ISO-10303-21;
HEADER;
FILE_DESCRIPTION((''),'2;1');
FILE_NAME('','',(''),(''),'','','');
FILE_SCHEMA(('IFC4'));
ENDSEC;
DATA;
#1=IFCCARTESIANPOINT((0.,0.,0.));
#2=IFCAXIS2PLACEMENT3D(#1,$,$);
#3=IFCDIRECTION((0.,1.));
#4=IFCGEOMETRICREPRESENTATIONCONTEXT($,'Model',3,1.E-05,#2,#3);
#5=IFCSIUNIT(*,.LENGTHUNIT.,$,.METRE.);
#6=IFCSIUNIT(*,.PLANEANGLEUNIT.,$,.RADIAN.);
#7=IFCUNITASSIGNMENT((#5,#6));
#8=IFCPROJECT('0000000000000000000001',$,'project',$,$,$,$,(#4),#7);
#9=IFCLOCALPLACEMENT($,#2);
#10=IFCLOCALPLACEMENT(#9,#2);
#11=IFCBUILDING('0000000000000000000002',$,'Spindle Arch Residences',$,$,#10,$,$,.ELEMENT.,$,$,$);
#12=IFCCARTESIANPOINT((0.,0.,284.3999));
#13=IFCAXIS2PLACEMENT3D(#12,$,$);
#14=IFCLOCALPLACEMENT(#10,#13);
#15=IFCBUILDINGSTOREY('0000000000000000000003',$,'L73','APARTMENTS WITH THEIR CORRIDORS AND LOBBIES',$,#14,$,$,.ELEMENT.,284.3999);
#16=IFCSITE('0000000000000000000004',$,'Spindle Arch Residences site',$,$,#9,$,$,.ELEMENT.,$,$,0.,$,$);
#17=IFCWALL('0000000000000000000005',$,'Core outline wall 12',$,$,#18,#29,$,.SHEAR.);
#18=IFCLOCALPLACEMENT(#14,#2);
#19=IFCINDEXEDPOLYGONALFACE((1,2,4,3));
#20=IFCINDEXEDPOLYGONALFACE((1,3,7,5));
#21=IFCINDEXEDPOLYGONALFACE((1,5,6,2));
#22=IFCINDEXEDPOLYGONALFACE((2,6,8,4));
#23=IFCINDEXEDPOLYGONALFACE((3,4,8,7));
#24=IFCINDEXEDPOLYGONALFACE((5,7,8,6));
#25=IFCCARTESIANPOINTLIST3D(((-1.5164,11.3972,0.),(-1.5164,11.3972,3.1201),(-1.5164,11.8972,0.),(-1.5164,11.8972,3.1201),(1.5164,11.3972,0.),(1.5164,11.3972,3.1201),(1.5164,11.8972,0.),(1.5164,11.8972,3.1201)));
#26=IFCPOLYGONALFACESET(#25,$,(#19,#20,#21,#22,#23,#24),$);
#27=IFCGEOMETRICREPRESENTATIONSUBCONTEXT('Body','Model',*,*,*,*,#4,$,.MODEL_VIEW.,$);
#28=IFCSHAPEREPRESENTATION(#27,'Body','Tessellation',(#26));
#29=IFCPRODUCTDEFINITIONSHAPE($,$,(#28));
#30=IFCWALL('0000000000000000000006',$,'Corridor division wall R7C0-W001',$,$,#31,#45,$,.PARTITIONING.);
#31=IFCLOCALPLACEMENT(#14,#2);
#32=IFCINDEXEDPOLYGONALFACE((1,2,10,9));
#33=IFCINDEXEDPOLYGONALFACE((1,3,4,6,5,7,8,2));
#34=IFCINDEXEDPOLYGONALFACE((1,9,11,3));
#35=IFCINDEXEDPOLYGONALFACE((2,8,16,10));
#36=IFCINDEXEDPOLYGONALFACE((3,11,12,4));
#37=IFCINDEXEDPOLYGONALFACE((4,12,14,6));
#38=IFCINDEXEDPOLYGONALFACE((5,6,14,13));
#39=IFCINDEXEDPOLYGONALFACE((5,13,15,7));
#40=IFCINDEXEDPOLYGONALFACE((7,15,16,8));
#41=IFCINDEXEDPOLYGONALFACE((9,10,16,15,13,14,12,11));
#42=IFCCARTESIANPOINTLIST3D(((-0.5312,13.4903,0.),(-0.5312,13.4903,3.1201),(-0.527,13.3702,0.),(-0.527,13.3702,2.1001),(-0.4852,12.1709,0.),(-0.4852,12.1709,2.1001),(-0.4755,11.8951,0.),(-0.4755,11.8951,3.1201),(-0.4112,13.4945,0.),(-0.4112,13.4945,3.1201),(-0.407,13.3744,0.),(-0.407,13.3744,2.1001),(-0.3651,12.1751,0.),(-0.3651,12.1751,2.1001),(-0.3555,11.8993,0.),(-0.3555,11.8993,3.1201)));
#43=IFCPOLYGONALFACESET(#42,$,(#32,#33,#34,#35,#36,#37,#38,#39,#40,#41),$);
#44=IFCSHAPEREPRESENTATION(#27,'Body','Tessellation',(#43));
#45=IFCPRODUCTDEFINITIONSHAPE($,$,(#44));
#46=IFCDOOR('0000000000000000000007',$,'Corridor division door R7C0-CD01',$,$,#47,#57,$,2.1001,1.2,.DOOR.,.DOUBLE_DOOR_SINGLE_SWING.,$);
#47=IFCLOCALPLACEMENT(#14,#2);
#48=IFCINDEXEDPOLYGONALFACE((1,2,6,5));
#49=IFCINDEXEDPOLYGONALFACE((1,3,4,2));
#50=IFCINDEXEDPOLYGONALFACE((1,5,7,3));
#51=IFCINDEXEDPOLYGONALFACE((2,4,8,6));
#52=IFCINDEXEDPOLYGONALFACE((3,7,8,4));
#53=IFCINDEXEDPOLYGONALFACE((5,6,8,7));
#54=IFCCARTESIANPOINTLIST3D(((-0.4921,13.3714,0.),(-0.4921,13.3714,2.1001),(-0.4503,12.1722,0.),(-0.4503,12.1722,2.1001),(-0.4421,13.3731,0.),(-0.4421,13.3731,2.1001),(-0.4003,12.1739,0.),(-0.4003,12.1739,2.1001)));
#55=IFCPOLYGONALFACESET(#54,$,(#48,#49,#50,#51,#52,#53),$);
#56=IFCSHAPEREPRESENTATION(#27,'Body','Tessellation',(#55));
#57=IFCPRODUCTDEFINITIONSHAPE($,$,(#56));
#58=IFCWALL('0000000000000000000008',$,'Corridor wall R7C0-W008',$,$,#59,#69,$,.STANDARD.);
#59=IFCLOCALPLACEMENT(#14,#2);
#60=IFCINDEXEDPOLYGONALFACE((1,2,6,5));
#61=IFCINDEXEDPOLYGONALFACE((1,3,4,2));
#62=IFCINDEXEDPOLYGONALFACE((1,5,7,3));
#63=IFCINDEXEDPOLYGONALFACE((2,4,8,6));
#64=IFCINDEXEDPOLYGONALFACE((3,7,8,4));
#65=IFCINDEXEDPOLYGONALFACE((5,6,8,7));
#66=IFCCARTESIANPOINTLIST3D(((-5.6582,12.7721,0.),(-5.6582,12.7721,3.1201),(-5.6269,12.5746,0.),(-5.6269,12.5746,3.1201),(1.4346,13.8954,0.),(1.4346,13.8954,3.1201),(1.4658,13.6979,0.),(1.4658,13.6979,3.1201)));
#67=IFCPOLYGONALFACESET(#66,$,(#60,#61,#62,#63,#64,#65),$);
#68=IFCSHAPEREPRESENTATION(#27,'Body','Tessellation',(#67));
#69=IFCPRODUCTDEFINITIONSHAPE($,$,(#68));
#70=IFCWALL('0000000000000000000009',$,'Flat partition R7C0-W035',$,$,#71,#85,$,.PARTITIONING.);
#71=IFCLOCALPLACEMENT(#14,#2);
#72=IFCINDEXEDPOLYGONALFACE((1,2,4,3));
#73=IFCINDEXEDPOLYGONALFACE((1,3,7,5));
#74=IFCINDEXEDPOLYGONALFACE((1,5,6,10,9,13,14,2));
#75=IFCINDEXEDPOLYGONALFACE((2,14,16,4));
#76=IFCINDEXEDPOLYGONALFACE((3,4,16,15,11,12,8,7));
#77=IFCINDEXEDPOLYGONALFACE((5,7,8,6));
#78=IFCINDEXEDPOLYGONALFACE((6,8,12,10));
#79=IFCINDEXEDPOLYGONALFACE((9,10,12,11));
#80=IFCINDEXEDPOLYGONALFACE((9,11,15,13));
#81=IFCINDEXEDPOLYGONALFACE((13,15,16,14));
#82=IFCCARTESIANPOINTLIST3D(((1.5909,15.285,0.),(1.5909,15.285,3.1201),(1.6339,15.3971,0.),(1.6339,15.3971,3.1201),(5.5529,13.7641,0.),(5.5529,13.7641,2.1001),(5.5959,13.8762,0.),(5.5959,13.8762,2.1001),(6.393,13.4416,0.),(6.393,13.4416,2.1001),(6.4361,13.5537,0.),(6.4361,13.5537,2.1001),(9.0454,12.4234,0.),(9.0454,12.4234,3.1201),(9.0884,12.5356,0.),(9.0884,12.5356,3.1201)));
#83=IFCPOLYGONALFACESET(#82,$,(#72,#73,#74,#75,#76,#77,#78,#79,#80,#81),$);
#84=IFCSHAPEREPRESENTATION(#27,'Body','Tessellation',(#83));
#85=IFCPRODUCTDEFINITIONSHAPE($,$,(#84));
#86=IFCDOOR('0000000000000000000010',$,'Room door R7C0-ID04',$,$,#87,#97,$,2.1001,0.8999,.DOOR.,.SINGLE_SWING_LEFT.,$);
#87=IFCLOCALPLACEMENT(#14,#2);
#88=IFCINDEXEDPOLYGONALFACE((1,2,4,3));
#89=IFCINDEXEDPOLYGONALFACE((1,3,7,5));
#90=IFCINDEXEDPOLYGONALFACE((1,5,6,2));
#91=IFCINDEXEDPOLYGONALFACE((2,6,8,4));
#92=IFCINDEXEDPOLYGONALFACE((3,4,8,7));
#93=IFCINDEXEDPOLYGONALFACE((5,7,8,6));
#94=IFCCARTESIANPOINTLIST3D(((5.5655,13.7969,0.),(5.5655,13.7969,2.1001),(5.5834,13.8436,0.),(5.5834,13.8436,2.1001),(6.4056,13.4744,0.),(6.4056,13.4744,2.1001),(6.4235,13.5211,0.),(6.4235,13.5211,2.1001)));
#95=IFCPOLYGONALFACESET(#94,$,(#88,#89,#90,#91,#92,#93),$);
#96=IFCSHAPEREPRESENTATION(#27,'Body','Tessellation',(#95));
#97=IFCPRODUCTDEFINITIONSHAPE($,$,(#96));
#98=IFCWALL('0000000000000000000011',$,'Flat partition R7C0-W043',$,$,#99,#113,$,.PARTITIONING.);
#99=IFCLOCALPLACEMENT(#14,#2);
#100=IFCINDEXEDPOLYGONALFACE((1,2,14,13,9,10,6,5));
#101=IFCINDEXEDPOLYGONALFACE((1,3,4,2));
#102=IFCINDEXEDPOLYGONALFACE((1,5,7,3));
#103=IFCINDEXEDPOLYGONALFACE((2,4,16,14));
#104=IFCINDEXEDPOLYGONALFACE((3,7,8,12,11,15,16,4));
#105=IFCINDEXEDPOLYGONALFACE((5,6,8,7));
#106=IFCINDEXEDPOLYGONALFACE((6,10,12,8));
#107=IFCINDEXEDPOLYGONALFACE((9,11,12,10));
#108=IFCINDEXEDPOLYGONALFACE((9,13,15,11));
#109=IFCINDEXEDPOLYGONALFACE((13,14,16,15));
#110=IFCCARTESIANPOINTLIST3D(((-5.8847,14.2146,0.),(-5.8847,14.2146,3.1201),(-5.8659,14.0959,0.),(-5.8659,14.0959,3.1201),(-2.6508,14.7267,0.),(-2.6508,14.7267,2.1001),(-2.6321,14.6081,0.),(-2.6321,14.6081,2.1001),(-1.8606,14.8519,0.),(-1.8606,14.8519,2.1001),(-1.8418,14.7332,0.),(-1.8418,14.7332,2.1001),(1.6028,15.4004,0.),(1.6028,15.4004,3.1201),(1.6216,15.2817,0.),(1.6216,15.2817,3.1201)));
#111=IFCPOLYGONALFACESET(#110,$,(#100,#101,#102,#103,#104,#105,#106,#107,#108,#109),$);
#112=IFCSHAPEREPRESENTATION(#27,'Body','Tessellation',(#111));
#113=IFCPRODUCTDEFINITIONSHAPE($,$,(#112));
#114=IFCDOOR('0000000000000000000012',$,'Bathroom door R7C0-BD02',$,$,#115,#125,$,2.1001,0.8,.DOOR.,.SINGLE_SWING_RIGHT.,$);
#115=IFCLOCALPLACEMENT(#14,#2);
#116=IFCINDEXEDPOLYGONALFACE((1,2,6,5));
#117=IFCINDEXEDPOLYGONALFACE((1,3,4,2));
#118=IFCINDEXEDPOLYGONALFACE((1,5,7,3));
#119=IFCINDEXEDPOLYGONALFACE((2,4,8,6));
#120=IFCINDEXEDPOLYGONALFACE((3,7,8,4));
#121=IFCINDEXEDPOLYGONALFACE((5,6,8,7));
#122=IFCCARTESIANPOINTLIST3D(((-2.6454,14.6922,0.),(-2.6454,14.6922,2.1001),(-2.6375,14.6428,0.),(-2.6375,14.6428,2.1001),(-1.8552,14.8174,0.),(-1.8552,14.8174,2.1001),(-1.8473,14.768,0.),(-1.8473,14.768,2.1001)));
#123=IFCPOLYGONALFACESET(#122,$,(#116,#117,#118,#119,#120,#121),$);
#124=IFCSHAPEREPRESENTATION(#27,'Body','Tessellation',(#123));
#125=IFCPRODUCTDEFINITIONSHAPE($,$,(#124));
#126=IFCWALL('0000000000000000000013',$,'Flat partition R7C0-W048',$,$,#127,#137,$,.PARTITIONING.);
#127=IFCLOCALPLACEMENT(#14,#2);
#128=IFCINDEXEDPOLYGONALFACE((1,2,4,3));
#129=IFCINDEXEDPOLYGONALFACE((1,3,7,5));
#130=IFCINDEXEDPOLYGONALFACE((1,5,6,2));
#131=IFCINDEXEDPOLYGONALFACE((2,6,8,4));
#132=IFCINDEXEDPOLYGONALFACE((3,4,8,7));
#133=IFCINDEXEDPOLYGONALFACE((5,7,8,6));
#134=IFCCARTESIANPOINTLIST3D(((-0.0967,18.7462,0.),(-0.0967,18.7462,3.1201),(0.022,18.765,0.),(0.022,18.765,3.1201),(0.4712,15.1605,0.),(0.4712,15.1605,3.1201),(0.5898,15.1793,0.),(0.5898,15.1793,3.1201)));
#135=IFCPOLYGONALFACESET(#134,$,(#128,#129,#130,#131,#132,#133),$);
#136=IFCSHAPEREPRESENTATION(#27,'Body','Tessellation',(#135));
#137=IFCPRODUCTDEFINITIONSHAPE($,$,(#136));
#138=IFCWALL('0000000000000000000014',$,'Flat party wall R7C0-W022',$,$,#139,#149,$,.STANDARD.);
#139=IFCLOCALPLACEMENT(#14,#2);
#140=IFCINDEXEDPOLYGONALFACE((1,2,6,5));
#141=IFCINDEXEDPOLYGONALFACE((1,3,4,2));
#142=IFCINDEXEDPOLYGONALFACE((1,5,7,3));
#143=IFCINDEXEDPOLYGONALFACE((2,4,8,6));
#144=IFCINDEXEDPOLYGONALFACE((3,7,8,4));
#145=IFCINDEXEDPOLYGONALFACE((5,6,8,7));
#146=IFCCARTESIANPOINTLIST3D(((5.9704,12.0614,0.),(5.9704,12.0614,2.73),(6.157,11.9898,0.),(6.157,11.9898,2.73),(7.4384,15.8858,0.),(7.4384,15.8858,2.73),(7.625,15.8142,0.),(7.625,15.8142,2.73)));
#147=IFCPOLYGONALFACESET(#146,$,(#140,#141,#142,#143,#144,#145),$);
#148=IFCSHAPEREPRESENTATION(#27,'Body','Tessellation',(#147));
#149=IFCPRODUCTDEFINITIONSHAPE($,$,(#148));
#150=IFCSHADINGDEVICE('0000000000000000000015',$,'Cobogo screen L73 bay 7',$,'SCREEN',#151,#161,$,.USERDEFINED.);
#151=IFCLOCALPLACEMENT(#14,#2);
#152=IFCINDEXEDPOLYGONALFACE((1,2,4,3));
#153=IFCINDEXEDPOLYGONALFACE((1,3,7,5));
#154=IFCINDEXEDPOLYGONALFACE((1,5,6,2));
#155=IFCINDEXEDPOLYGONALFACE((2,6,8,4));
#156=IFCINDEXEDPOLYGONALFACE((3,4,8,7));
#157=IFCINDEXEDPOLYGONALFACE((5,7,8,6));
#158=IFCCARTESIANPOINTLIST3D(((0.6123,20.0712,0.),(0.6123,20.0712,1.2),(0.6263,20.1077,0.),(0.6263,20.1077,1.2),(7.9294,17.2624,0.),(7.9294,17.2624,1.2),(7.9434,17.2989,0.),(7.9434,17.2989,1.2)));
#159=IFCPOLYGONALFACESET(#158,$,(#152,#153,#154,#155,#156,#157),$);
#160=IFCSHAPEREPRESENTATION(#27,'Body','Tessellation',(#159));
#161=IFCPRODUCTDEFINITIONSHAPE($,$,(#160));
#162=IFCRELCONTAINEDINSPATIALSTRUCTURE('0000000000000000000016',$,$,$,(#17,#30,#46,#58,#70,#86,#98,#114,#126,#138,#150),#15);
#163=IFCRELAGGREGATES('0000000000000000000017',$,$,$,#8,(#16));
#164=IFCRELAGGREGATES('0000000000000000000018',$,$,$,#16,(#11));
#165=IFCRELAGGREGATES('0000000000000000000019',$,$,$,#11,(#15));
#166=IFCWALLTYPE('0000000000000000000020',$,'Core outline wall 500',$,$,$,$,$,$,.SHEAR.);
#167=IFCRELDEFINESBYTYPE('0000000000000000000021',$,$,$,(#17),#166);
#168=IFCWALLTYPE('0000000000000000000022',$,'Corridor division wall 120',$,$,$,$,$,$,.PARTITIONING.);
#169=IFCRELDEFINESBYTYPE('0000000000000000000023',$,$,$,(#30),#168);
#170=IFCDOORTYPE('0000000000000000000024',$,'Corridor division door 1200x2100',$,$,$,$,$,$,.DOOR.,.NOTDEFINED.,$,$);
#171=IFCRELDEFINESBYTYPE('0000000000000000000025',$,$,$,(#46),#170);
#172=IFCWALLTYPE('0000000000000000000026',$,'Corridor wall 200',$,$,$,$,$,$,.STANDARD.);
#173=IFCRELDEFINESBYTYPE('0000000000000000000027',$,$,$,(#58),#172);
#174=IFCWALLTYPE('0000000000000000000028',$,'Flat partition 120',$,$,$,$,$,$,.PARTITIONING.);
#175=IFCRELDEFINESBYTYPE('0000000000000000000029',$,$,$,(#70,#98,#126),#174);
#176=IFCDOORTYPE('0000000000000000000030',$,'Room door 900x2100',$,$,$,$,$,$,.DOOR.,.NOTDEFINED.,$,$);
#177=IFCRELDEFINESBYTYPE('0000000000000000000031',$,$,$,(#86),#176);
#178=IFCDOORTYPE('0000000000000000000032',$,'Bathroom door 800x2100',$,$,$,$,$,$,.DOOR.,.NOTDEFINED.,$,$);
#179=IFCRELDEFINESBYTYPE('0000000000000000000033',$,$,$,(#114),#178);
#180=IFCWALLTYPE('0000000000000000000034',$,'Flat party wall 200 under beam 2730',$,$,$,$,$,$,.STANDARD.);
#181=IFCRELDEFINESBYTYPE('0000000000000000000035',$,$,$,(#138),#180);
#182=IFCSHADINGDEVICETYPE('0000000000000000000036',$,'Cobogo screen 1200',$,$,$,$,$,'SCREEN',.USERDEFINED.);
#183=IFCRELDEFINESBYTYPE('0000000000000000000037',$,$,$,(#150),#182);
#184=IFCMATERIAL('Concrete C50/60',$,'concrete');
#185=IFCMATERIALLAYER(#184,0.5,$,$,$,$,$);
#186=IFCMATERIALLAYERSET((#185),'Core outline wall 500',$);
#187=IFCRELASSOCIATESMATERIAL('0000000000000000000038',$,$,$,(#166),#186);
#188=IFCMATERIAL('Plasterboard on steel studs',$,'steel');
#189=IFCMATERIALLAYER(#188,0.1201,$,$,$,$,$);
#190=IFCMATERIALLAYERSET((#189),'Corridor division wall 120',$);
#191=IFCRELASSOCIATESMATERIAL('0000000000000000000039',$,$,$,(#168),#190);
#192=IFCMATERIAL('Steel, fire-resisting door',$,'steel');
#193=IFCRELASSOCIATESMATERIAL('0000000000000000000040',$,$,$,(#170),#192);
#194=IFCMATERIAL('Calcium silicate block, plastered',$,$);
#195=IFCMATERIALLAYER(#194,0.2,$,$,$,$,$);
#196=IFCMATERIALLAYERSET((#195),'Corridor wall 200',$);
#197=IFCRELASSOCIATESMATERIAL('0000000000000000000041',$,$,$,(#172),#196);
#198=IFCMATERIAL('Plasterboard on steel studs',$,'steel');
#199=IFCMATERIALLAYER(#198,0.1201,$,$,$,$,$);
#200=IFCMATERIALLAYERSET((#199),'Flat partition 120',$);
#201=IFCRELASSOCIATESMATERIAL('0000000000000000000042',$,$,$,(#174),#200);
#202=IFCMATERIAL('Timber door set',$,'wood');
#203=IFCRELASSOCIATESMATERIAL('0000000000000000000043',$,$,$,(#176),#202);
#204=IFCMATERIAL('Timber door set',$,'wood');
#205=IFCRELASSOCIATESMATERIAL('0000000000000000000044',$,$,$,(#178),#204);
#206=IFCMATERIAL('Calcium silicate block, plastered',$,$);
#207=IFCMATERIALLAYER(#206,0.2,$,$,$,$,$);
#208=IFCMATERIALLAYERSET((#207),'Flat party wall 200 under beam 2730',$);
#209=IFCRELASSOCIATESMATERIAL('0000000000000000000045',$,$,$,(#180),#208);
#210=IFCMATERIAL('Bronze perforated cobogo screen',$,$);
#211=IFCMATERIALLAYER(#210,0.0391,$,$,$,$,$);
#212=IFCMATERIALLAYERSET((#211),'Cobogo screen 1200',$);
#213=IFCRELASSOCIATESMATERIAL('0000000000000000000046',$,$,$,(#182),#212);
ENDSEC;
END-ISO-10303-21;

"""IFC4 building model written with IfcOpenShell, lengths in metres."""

from ifc_helpers import new_model, si_unit, direction, frame, frame_2d, origin, origin_2d, place, context, subcontext, project, spatial, rectangle, extrude, material, layer, layer_set, type_object, element, fill, save


model = new_model("IFC4")

# Units and contexts
model_context = context("Model", 3, precision=1e-05, world=origin(), true_north=direction((0.0, 1.0)))
body_context = subcontext(model_context, "Body", "Model", "MODEL_VIEW")
ifc_project = project(units=[si_unit("LENGTHUNIT", "METRE"), si_unit("PLANEANGLEUNIT", "RADIAN")], contexts=[model_context])

# Site, building, storey
site_placement = place(None, origin())
site = spatial("IfcSite", under=ifc_project, at=site_placement, Name="Spindle Arch Residences site", CompositionType="ELEMENT", RefElevation=0.0)
building_placement = place(site_placement, origin())
building = spatial("IfcBuilding", under=site, at=building_placement, Name="Spindle Arch Residences", CompositionType="ELEMENT")
storey_placement = place(building_placement, frame((0.0, 0.0, 284.3999)))
storey = spatial("IfcBuildingStorey", under=building, at=storey_placement, Name="L73", Description="APARTMENTS WITH THEIR CORRIDORS AND LOBBIES", CompositionType="ELEMENT", Elevation=284.3999)

# Wall
ifc_material_1 = material(Name="Concrete C50/60", Category="concrete")
ifc_layer_1 = layer(ifc_material_1, 0.5)
ifc_layer_set_1 = layer_set([ifc_layer_1], Name="Core outline wall 500")
wall_type_1 = type_object("IfcWallType", Name="Core outline wall 500", PredefinedType="SHEAR", material=ifc_layer_set_1)
wall_1_placement = place(storey_placement, frame((1.5164, 11.6472, 0.0), z_axis=(0.0, 0.0, 1.0), x_axis=(-1.0, 0.0, 0.0)))
element("IfcWall", 1, at=wall_1_placement, inside=storey, type_object=wall_type_1, Name="Core outline wall 12", PredefinedType="SHEAR", context=body_context, shape_type="SweptSolid", body=[
    extrude(rectangle(XDim=3.0327, YDim=0.5, at=frame_2d((1.5164, 0.0))), origin(), (0.0, 0.0, 1.0), 3.1201),
])

# Wall, opening, door
ifc_material_2 = material(Name="Plasterboard on steel studs", Category="steel")
ifc_layer_2 = layer(ifc_material_2, 0.1201)
ifc_layer_set_2 = layer_set([ifc_layer_2], Name="Corridor division wall 120")
wall_type_2 = type_object("IfcWallType", Name="Corridor division wall 120", PredefinedType="PARTITIONING", material=ifc_layer_set_2)
wall_2_placement = place(storey_placement, frame((-0.4712, 13.4924, 0.0), z_axis=(0.0, 0.0, 1.0), x_axis=(0.034873, -0.999392, 0.0)))
wall_2 = element("IfcWall", 2, at=wall_2_placement, inside=storey, type_object=wall_type_2, Name="Corridor division wall R7C0-W001", PredefinedType="PARTITIONING", context=body_context, shape_type="SweptSolid", body=[
    extrude(rectangle(XDim=1.5962, YDim=0.1201, at=frame_2d((0.7981, 0.0))), origin(), (0.0, 0.0, 1.0), 3.1201),
])
opening_1_placement = place(wall_2_placement, frame((0.1201, 0.0, 0.0)))
opening_1 = element("IfcOpeningElement", 3, at=opening_1_placement, cuts=wall_2, PredefinedType="OPENING", context=body_context, shape_type="SweptSolid", body=[
    extrude(rectangle(XDim=1.2, YDim=2.1001, at=frame_2d((0.6001, 1.05))), frame((0.0, 0.0701, 0.0), z_axis=(0.0, -1.0, 0.0), x_axis=(1.0, 0.0, 0.0)), (0.0, 0.0, 1.0), 0.1401),
])
ifc_material_3 = material(Name="Steel, fire-resisting door", Category="steel")
door_type_1 = type_object("IfcDoorType", Name="Corridor division door 1200x2100", OperationType="NOTDEFINED", PredefinedType="DOOR", material=ifc_material_3)
door_1_placement = place(opening_1_placement, origin())
door_1 = element("IfcDoor", 4, at=door_1_placement, inside=storey, type_object=door_type_1, Name="Corridor division door R7C0-CD01", OperationType="DOUBLE_DOOR_SINGLE_SWING", OverallHeight=2.1001, OverallWidth=1.2, PredefinedType="DOOR", context=body_context, shape_type="SweptSolid", body=[
    extrude(rectangle(XDim=1.2, YDim=2.1001, at=frame_2d((0.6001, 1.05))), frame((0.0, 0.0249, 0.0), z_axis=(0.0, -1.0, 0.0), x_axis=(1.0, 0.0, 0.0)), (0.0, 0.0, 1.0), 0.05),
])
fill(opening_1, door_1)

# Wall
ifc_material_4 = material(Name="Calcium silicate block, plastered")
ifc_layer_3 = layer(ifc_material_4, 0.2)
ifc_layer_set_3 = layer_set([ifc_layer_3], Name="Corridor wall 200")
wall_type_3 = type_object("IfcWallType", Name="Corridor wall 200", PredefinedType="STANDARD", material=ifc_layer_set_3)
wall_3_placement = place(storey_placement, frame((1.4502, 13.7966, 0.0), z_axis=(0.0, 0.0, 1.0), x_axis=(-0.98769, -0.156422, 0.0)))
element("IfcWall", 5, at=wall_3_placement, inside=storey, type_object=wall_type_3, Name="Corridor wall R7C0-W008", PredefinedType="STANDARD", context=body_context, shape_type="SweptSolid", body=[
    extrude(rectangle(XDim=7.1812, YDim=0.2, at=frame_2d((3.5906, 0.0))), origin(), (0.0, 0.0, 1.0), 3.1201),
])

# Walls, openings, doors
ifc_material_5 = material(Name="Plasterboard on steel studs", Category="steel")
ifc_layer_4 = layer(ifc_material_5, 0.1201)
ifc_layer_set_4 = layer_set([ifc_layer_4], Name="Flat partition 120")
wall_type_4 = type_object("IfcWallType", Name="Flat partition 120", PredefinedType="PARTITIONING", material=ifc_layer_set_4)
wall_4_placement = place(storey_placement, frame((9.0669, 12.4795, 0.0), z_axis=(0.0, 0.0, 1.0), x_axis=(-0.933579, 0.35837, 0.0)))
wall_4 = element("IfcWall", 6, at=wall_4_placement, inside=storey, type_object=wall_type_4, Name="Flat partition R7C0-W035", PredefinedType="PARTITIONING", context=body_context, shape_type="SweptSolid", body=[
    extrude(rectangle(XDim=7.9849, YDim=0.1201, at=frame_2d((3.9924, 0.0))), origin(), (0.0, 0.0, 1.0), 3.1201),
])
opening_2_placement = place(wall_4_placement, frame((2.8411, 0.0, 0.0)))
opening_2 = element("IfcOpeningElement", 7, at=opening_2_placement, cuts=wall_4, PredefinedType="OPENING", context=body_context, shape_type="SweptSolid", body=[
    extrude(rectangle(XDim=0.8999, YDim=2.1001, at=frame_2d((0.45, 1.05))), frame((0.0, 0.0701, 0.0), z_axis=(0.0, -1.0, 0.0), x_axis=(1.0, 0.0, 0.0)), (0.0, 0.0, 1.0), 0.1401),
])
ifc_material_6 = material(Name="Timber door set", Category="wood")
door_type_2 = type_object("IfcDoorType", Name="Room door 900x2100", OperationType="NOTDEFINED", PredefinedType="DOOR", material=ifc_material_6)
door_2_placement = place(opening_2_placement, origin())
door_2 = element("IfcDoor", 8, at=door_2_placement, inside=storey, type_object=door_type_2, Name="Room door R7C0-ID04", OperationType="SINGLE_SWING_LEFT", OverallHeight=2.1001, OverallWidth=0.8999, PredefinedType="DOOR", context=body_context, shape_type="SweptSolid", body=[
    extrude(rectangle(XDim=0.8999, YDim=2.1001, at=frame_2d((0.45, 1.05))), frame((0.0, 0.0249, 0.0), z_axis=(0.0, -1.0, 0.0), x_axis=(1.0, 0.0, 0.0)), (0.0, 0.0, 1.0), 0.05),
])
fill(opening_2, door_2)
wall_5_placement = place(storey_placement, frame((1.6123, 15.3411, 0.0), z_axis=(0.0, 0.0, 1.0), x_axis=(-0.987691, -0.156419, 0.0)))
wall_5 = element("IfcWall", 9, at=wall_5_placement, inside=storey, type_object=wall_type_4, Name="Flat partition R7C0-W043", PredefinedType="PARTITIONING", context=body_context, shape_type="SweptSolid", body=[
    extrude(rectangle(XDim=7.5808, YDim=0.1201, at=frame_2d((3.7905, 0.0))), origin(), (0.0, 0.0, 1.0), 3.1201),
])
opening_3_placement = place(wall_5_placement, frame((3.5068, 0.0, 0.0)))
opening_3 = element("IfcOpeningElement", 10, at=opening_3_placement, cuts=wall_5, PredefinedType="OPENING", context=body_context, shape_type="SweptSolid", body=[
    extrude(rectangle(XDim=0.8, YDim=2.1001, at=frame_2d((0.3999, 1.05))), frame((0.0, 0.0701, 0.0), z_axis=(0.0, -1.0, 0.0), x_axis=(1.0, 0.0, 0.0)), (0.0, 0.0, 1.0), 0.1401),
])
ifc_material_7 = material(Name="Timber door set", Category="wood")
door_type_3 = type_object("IfcDoorType", Name="Bathroom door 800x2100", OperationType="NOTDEFINED", PredefinedType="DOOR", material=ifc_material_7)
door_3_placement = place(opening_3_placement, origin())
door_3 = element("IfcDoor", 11, at=door_3_placement, inside=storey, type_object=door_type_3, Name="Bathroom door R7C0-BD02", OperationType="SINGLE_SWING_RIGHT", OverallHeight=2.1001, OverallWidth=0.8, PredefinedType="DOOR", context=body_context, shape_type="SweptSolid", body=[
    extrude(rectangle(XDim=0.8, YDim=2.1001, at=frame_2d((0.3999, 1.05))), frame((0.0, 0.0249, 0.0), z_axis=(0.0, -1.0, 0.0), x_axis=(1.0, 0.0, 0.0)), (0.0, 0.0, 1.0), 0.05),
])
fill(opening_3, door_3)

# Walls
wall_6_placement = place(storey_placement, frame((-0.0374, 18.7556, 0.0), z_axis=(0.0, 0.0, 1.0), x_axis=(0.156422, -0.98769, 0.0)))
element("IfcWall", 12, at=wall_6_placement, inside=storey, type_object=wall_type_4, Name="Flat partition R7C0-W048", PredefinedType="PARTITIONING", context=body_context, shape_type="SweptSolid", body=[
    extrude(rectangle(XDim=3.6304, YDim=0.1201, at=frame_2d((1.8152, 0.0))), origin(), (0.0, 0.0, 1.0), 3.1201),
])
ifc_material_8 = material(Name="Calcium silicate block, plastered")
ifc_layer_5 = layer(ifc_material_8, 0.2)
ifc_layer_set_5 = layer_set([ifc_layer_5], Name="Flat party wall 200 under beam 2730")
wall_type_5 = type_object("IfcWallType", Name="Flat party wall 200 under beam 2730", PredefinedType="STANDARD", material=ifc_layer_set_5)
wall_7_placement = place(storey_placement, frame((7.5317, 15.8501, 0.0), z_axis=(0.0, 0.0, 1.0), x_axis=(-0.358356, -0.933585, 0.0)))
element("IfcWall", 13, at=wall_7_placement, inside=storey, type_object=wall_type_5, Name="Flat party wall R7C0-W022", PredefinedType="STANDARD", context=body_context, shape_type="SweptSolid", body=[
    extrude(rectangle(XDim=4.0964, YDim=0.2, at=frame_2d((2.0483, 0.0))), origin(), (0.0, 0.0, 1.0), 2.73),
])

# Shading device
ifc_material_9 = material(Name="Bronze perforated cobogo screen")
ifc_layer_6 = layer(ifc_material_9, 0.0391)
ifc_layer_set_6 = layer_set([ifc_layer_6], Name="Cobogo screen 1200")
shading_device_type = type_object("IfcShadingDeviceType", Name="Cobogo screen 1200", ElementType="SCREEN", PredefinedType="USERDEFINED", material=ifc_layer_set_6)
shading_device_placement = place(storey_placement, frame((4.2778, 18.6851, 0.0), z_axis=(0.0, 0.0, 1.0), x_axis=(-0.93358, 0.358368, 0.0)))
element("IfcShadingDevice", 14, at=shading_device_placement, inside=storey, type_object=shading_device_type, Name="Cobogo screen L73 bay 7", ObjectType="SCREEN", PredefinedType="USERDEFINED", context=body_context, shape_type="SweptSolid", body=[
    extrude(rectangle(XDim=7.8376, YDim=0.0391, at=origin_2d()), origin(), (0.0, 0.0, 1.0), 1.2),
])

save(model, "model.ifc")
